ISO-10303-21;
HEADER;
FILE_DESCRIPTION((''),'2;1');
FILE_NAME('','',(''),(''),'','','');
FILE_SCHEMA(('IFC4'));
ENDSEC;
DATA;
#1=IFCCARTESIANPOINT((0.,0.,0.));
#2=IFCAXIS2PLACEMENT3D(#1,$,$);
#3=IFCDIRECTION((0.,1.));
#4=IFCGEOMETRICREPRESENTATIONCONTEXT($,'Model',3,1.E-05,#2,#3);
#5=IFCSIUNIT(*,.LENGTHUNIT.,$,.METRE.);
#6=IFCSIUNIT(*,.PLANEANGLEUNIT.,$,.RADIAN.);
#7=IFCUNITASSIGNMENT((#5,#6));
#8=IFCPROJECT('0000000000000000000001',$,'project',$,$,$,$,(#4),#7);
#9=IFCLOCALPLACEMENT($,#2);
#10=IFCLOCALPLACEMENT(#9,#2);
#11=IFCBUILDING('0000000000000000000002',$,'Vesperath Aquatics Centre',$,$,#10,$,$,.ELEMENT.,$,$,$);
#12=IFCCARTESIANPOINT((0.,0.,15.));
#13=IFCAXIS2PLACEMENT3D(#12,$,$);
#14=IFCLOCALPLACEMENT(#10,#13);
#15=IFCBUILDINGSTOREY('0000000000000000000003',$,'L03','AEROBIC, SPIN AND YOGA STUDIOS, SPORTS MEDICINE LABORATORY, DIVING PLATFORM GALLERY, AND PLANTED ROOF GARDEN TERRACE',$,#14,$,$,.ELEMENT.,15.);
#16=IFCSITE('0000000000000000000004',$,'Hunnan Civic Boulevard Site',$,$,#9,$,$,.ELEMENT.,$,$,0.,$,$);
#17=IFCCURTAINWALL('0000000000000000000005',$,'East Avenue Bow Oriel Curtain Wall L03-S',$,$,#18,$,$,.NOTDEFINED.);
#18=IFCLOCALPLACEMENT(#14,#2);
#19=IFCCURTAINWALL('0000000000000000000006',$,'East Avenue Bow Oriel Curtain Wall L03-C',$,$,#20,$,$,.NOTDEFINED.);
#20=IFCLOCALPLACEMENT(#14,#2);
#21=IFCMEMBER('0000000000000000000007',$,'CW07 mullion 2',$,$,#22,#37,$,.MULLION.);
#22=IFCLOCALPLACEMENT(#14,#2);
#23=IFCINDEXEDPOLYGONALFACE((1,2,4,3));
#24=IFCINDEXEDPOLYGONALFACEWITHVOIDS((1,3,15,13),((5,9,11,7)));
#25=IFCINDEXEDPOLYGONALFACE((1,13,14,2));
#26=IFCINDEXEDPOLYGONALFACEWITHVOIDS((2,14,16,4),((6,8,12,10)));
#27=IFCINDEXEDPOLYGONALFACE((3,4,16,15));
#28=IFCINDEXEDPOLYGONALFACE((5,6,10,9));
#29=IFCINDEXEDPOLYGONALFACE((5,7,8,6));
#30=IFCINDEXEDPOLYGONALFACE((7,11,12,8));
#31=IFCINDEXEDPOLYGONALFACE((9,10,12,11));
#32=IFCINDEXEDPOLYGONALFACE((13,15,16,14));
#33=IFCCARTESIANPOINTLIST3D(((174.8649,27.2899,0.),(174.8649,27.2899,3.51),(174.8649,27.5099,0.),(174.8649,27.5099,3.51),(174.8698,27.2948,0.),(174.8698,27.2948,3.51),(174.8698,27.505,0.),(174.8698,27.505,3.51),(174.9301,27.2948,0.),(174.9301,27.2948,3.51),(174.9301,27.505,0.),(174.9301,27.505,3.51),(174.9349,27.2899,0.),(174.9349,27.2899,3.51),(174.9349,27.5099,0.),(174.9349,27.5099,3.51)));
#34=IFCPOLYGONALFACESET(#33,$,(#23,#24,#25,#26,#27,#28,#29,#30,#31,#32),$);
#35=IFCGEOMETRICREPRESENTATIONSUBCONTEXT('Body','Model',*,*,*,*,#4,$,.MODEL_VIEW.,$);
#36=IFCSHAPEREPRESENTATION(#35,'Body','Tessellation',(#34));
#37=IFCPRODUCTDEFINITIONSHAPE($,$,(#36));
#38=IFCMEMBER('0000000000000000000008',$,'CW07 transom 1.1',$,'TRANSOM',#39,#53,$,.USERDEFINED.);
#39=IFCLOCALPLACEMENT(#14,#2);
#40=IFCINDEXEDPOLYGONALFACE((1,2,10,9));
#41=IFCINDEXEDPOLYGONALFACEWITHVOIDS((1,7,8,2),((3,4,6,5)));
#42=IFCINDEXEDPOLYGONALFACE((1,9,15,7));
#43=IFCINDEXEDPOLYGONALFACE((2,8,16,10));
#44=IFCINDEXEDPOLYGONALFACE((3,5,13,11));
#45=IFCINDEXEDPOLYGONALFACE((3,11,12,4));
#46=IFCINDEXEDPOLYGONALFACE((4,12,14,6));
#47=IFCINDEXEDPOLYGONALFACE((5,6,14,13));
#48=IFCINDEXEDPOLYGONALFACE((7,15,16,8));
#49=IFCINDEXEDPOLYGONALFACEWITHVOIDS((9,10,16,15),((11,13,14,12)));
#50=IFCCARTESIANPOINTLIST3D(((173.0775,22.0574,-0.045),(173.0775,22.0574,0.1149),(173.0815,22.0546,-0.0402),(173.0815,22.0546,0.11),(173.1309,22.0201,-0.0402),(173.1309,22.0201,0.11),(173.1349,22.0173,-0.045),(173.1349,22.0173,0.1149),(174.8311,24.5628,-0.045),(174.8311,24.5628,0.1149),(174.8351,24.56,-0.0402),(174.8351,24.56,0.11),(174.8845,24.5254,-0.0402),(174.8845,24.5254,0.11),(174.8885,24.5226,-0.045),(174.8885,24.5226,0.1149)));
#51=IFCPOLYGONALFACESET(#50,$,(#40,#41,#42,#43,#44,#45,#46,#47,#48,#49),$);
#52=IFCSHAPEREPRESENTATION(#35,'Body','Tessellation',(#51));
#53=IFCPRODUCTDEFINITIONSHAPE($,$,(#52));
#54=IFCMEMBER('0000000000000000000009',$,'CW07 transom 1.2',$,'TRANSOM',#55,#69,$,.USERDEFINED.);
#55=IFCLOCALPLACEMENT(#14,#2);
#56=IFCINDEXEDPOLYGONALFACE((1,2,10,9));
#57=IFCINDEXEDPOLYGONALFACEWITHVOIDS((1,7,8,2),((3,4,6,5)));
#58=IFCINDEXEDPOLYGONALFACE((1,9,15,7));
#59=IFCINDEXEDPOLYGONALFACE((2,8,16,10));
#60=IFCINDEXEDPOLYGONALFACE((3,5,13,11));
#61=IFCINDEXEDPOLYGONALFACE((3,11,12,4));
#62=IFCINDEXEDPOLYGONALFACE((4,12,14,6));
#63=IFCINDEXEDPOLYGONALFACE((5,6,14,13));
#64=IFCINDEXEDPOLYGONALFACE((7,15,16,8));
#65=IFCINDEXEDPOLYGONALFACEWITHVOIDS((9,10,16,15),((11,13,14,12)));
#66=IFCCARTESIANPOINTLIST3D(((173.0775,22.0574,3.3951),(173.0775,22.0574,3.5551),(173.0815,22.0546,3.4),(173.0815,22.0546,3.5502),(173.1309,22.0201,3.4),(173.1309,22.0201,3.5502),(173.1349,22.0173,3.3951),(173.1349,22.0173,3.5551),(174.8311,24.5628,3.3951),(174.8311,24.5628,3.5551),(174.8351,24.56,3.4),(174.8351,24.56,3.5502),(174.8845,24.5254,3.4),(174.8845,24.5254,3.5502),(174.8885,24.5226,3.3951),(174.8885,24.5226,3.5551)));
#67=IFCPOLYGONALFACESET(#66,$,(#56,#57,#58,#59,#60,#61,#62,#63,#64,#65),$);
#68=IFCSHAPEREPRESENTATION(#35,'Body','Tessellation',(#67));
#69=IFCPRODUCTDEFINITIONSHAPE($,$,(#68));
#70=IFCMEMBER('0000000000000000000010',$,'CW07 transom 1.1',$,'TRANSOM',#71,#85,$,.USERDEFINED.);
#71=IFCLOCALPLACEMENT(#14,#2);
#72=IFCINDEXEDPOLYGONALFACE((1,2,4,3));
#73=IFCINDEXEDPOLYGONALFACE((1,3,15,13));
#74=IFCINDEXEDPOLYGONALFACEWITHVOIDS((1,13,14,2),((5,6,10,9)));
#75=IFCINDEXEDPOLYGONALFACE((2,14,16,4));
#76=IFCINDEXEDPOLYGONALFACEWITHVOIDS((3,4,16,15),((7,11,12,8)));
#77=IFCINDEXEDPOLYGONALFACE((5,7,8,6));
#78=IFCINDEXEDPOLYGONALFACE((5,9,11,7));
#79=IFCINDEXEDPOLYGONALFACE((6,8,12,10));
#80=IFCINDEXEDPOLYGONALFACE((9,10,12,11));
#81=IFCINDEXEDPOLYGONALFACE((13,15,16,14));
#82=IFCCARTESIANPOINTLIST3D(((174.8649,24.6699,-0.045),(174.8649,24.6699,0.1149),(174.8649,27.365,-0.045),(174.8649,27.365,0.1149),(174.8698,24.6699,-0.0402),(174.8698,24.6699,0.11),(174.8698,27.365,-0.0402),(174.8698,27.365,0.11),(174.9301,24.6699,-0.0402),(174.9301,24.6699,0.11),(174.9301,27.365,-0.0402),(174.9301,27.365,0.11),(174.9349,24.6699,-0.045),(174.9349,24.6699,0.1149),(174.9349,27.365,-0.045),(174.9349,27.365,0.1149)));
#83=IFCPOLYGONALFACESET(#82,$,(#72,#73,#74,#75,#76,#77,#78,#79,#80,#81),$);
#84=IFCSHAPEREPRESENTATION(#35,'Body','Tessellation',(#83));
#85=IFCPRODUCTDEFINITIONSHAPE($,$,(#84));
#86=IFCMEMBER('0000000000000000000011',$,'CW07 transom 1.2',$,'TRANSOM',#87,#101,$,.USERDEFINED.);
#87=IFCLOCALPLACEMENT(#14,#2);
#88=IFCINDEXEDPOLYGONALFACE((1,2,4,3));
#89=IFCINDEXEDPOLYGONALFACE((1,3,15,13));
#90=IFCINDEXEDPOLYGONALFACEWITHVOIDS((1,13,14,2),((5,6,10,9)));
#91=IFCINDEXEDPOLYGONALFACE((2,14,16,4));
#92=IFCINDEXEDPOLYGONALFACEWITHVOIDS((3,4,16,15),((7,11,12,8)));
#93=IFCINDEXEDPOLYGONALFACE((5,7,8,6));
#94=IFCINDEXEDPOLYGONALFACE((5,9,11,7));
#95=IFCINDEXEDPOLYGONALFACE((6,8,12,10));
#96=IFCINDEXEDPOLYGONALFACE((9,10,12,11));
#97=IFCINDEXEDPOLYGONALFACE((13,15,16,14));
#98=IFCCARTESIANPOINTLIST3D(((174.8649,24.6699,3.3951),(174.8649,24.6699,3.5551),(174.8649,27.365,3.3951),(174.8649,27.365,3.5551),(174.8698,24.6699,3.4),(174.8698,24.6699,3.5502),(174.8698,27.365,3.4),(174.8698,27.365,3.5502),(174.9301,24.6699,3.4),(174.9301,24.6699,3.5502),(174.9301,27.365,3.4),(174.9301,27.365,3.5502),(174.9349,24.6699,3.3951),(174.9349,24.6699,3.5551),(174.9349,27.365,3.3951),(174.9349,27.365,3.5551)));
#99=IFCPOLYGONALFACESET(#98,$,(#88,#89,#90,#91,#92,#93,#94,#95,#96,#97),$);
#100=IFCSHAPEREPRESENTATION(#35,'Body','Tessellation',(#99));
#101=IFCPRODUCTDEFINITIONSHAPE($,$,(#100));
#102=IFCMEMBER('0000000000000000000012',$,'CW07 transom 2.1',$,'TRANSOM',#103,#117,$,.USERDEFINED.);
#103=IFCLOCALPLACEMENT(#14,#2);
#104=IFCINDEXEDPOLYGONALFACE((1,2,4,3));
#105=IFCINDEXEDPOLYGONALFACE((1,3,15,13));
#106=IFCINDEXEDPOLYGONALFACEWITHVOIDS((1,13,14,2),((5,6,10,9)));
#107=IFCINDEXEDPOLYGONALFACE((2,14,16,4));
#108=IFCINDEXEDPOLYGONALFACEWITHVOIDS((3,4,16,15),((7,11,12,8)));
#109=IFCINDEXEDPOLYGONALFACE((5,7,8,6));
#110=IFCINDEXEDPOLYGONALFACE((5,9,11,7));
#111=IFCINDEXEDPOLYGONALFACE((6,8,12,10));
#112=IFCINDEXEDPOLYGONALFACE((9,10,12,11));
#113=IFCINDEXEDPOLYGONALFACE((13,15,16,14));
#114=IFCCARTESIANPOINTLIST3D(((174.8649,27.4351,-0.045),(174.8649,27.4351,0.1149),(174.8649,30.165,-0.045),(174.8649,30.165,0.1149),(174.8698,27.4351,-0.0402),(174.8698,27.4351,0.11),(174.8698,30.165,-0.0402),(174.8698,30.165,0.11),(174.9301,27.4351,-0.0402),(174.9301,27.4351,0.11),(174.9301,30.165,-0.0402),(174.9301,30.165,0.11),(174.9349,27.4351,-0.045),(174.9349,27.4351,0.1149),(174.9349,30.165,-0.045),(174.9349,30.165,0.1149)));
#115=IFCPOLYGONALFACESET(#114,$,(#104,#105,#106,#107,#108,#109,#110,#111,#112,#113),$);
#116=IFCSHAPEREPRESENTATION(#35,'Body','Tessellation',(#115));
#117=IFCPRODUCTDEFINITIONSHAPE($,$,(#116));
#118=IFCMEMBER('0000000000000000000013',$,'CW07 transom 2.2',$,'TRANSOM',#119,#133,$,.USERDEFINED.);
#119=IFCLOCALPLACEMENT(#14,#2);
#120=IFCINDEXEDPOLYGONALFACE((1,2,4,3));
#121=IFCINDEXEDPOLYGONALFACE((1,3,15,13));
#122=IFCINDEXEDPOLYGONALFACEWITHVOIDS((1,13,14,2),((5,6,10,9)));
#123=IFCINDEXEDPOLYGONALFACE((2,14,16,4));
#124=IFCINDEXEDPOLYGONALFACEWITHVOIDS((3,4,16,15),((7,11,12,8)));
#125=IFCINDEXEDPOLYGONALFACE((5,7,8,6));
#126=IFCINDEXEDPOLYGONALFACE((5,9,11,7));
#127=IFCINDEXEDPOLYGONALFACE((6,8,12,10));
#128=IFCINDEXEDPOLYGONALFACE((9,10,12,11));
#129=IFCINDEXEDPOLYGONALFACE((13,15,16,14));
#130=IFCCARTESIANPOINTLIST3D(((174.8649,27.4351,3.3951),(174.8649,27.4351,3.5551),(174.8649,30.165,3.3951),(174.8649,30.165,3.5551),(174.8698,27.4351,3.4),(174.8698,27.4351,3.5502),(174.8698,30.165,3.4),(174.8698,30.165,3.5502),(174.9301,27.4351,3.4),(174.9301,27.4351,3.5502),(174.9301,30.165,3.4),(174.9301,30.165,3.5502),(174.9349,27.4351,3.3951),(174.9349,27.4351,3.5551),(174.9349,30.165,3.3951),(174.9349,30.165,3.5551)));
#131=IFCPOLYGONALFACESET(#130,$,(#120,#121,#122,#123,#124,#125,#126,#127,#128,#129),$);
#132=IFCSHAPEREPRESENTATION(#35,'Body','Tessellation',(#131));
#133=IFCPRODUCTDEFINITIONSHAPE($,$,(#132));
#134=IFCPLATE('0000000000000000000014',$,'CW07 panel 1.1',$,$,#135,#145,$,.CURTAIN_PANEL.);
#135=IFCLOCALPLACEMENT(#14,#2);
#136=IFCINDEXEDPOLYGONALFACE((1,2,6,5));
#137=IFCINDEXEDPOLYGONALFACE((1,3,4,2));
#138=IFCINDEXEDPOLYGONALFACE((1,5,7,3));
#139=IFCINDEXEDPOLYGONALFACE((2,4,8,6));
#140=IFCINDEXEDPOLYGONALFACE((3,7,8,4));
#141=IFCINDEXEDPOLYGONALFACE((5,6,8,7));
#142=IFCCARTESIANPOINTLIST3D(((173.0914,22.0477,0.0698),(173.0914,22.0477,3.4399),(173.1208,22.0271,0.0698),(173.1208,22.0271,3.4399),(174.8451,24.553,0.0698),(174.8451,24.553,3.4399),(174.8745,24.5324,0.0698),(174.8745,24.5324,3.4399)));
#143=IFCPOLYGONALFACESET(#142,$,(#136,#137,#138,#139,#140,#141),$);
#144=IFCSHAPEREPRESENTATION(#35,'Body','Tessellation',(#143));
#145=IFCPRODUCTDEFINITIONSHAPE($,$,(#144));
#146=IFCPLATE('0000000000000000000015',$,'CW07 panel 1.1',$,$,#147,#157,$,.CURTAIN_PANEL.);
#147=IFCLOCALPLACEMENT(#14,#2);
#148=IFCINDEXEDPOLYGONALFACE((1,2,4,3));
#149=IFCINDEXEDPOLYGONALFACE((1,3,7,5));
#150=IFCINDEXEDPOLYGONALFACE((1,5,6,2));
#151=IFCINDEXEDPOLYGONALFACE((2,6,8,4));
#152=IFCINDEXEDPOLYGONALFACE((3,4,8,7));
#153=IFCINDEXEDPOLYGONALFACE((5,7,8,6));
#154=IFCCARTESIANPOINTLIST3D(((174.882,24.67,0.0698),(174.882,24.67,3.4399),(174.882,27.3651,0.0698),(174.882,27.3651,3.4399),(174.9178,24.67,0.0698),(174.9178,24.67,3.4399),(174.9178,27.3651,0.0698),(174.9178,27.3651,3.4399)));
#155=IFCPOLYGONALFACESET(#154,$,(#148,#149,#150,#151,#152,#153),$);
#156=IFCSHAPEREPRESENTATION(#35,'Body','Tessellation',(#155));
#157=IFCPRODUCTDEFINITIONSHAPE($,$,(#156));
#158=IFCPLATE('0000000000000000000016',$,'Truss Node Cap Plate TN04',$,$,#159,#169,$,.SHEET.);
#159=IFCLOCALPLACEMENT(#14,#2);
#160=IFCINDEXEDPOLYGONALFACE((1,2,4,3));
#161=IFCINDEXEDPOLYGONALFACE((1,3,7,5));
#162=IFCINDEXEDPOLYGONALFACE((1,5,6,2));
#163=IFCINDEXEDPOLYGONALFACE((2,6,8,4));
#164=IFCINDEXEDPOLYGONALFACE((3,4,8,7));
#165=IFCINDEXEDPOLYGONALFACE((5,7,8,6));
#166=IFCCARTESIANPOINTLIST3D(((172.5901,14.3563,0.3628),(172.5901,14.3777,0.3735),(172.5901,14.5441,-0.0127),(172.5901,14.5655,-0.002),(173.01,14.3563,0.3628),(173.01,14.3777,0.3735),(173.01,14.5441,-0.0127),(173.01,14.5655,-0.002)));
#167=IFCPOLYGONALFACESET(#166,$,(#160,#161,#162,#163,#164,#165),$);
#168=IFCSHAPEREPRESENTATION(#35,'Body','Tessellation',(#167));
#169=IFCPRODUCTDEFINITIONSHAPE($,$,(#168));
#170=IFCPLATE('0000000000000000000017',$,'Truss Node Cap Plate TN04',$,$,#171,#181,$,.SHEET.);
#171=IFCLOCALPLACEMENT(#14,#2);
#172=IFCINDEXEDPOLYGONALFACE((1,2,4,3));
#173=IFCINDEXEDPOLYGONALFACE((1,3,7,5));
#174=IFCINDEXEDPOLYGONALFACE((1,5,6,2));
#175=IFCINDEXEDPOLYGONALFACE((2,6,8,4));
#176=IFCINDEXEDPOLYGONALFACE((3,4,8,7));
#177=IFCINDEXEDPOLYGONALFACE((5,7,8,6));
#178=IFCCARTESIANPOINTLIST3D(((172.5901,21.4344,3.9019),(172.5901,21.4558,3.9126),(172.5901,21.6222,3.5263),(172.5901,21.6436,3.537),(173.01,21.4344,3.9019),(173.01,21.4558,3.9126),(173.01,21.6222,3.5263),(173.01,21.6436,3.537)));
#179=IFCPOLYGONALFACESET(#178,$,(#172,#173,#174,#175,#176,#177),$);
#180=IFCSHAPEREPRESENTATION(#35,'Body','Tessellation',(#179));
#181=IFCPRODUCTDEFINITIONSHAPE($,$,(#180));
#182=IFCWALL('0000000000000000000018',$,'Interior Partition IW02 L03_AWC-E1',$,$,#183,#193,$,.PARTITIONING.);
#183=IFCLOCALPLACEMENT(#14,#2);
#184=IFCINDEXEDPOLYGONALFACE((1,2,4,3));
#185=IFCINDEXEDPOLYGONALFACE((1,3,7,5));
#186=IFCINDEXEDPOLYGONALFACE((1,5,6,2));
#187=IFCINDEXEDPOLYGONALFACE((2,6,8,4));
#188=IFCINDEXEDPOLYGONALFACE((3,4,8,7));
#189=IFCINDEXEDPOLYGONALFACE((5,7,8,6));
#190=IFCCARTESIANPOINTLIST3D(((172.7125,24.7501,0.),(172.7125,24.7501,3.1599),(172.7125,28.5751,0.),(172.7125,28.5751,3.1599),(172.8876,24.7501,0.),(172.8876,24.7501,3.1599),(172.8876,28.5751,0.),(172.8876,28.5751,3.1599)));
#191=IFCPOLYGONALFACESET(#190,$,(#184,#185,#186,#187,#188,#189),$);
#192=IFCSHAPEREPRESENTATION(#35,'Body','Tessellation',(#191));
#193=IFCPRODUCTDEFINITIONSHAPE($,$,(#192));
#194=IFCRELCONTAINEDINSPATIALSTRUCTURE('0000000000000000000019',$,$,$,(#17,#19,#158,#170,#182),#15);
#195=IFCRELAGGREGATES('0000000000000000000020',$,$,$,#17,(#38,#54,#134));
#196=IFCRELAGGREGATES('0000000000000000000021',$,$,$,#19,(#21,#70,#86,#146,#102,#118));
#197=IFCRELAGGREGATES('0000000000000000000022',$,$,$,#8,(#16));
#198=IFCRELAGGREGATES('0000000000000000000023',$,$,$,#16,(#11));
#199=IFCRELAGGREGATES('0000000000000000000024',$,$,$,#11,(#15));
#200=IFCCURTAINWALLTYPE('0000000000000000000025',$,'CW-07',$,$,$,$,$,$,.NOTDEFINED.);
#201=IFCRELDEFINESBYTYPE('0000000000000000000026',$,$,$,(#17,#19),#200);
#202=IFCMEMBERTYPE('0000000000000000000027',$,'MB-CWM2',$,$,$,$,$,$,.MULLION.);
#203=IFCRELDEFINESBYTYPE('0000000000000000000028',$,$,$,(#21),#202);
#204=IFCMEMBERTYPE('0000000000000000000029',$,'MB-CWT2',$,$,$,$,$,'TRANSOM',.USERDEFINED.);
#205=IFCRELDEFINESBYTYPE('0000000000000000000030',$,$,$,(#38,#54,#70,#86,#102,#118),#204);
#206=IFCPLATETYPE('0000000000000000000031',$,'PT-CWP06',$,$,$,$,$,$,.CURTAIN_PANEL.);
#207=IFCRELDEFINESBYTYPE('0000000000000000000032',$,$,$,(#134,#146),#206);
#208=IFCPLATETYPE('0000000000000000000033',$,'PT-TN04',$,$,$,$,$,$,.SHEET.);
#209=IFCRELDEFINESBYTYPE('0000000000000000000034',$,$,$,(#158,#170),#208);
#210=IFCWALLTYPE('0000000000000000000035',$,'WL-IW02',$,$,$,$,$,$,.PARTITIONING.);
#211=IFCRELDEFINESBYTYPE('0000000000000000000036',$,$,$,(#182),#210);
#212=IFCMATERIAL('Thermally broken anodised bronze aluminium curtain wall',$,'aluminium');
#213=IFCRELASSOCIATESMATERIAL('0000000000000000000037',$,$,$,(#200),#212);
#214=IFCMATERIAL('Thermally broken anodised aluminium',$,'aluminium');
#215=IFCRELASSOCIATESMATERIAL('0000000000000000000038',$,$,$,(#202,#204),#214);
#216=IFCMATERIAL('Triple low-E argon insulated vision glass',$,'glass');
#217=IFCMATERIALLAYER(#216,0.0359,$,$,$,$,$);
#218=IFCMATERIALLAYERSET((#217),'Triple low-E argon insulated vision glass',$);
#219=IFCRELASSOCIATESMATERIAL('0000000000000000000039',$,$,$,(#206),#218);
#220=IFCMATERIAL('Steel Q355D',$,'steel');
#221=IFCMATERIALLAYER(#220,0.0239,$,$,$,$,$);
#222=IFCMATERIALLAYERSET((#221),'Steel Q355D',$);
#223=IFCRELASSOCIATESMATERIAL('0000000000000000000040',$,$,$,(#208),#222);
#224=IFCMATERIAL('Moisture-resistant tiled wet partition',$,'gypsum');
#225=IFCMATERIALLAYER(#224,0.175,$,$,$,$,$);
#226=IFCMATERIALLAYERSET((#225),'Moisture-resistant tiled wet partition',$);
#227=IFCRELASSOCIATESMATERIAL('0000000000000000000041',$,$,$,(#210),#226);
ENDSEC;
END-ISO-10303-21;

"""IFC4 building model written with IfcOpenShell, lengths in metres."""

from ifc_helpers import new_model, si_unit, direction, frame, frame_2d, origin, origin_2d, place, context, subcontext, project, spatial, rectangle, hollow_rectangle, extrude, material, layer, layer_set, material_profile, profile_set, type_object, element, aggregate, save


model = new_model("IFC4")

# Units and contexts
model_context = context("Model", 3, precision=1e-05, world=origin(), true_north=direction((0.0, 1.0)))
body_context = subcontext(model_context, "Body", "Model", "MODEL_VIEW")
ifc_project = project(units=[si_unit("LENGTHUNIT", "METRE"), si_unit("PLANEANGLEUNIT", "RADIAN")], contexts=[model_context])

# Site, building, storey
site_placement = place(None, origin())
site = spatial("IfcSite", under=ifc_project, at=site_placement, Name="Hunnan Civic Boulevard Site", CompositionType="ELEMENT", RefElevation=0.0)
building_placement = place(site_placement, origin())
building = spatial("IfcBuilding", under=site, at=building_placement, Name="Vesperath Aquatics Centre", CompositionType="ELEMENT")
storey_placement = place(building_placement, frame((0.0, 0.0, 15.0)))
storey = spatial("IfcBuildingStorey", under=building, at=storey_placement, Name="L03", Description="AEROBIC, SPIN AND YOGA STUDIOS, SPORTS MEDICINE LABORATORY, DIVING PLATFORM GALLERY, AND PLANTED ROOF GARDEN TERRACE", CompositionType="ELEMENT", Elevation=15.0)

# Shared definitions
ifc_material_1 = material(Name="Steel Q355D", Category="steel")

# Curtain walls, member
ifc_material_2 = material(Name="Thermally broken anodised bronze aluminium curtain wall", Category="aluminium")
curtain_wall_type = type_object("IfcCurtainWallType", Name="CW-07", PredefinedType="NOTDEFINED", material=ifc_material_2)
curtain_wall_1_placement = place(storey_placement, origin())
curtain_wall_1 = element("IfcCurtainWall", 1, at=curtain_wall_1_placement, inside=storey, type_object=curtain_wall_type, Name="East Avenue Bow Oriel Curtain Wall L03-S", PredefinedType="NOTDEFINED")
ifc_material_3 = material(Name="Thermally broken anodised aluminium", Category="aluminium")
ifc_material_profile_1 = material_profile(ifc_material_3, hollow_rectangle(XDim=0.0701, YDim=0.22, WallThickness=0.0049, at=origin_2d()), Name="CWM 70x220x5")
ifc_profile_set_1 = profile_set([ifc_material_profile_1], Name="Thermally broken anodised aluminium")
member_type_1 = type_object("IfcMemberType", Name="MB-CWM2", PredefinedType="MULLION", material=ifc_profile_set_1)
curtain_wall_2_placement = place(storey_placement, origin())
curtain_wall_2 = element("IfcCurtainWall", 2, at=curtain_wall_2_placement, inside=storey, type_object=curtain_wall_type, Name="East Avenue Bow Oriel Curtain Wall L03-C", PredefinedType="NOTDEFINED")
member_1_placement = place(storey_placement, frame((174.8999, 27.3999, 0.0), z_axis=(0.0, 0.0, 1.0), x_axis=(-1.0, 0.0, 0.0)))
member_1 = element("IfcMember", 3, at=member_1_placement, type_object=member_type_1, Name="CW07 mullion 2", PredefinedType="MULLION", context=body_context, shape_type="SweptSolid", body=[
    extrude(hollow_rectangle(XDim=0.0701, YDim=0.22, WallThickness=0.0049, at=origin_2d()), origin(), (0.0, 0.0, 1.0), 3.51),
])

# Members
ifc_material_profile_2 = material_profile(ifc_material_3, hollow_rectangle(XDim=0.0701, YDim=0.1599, WallThickness=0.0049, at=origin_2d()), Name="CWT 70x160x5")
ifc_profile_set_2 = profile_set([ifc_material_profile_2], Name="Thermally broken anodised aluminium")
member_type_2 = type_object("IfcMemberType", Name="MB-CWT2", ElementType="TRANSOM", PredefinedType="USERDEFINED", material=ifc_profile_set_2)
member_2_placement = place(storey_placement, frame((173.1062, 22.0374, 0.0349), z_axis=(0.573441, 0.819247, 0.0), x_axis=(-0.819247, 0.573441, 0.0)))
member_2 = element("IfcMember", 4, at=member_2_placement, type_object=member_type_2, Name="CW07 transom 1.1", ObjectType="TRANSOM", PredefinedType="USERDEFINED", context=body_context, shape_type="SweptSolid", body=[
    extrude(hollow_rectangle(XDim=0.0701, YDim=0.1599, WallThickness=0.0049, at=origin_2d()), origin(), (0.0, 0.0, 1.0), 3.0581),
])
member_3_placement = place(storey_placement, frame((173.1062, 22.0374, 3.4751), z_axis=(0.573441, 0.819247, 0.0), x_axis=(-0.819247, 0.573441, 0.0)))
member_3 = element("IfcMember", 5, at=member_3_placement, type_object=member_type_2, Name="CW07 transom 1.2", ObjectType="TRANSOM", PredefinedType="USERDEFINED", context=body_context, shape_type="SweptSolid", body=[
    extrude(hollow_rectangle(XDim=0.0701, YDim=0.1599, WallThickness=0.0049, at=origin_2d()), origin(), (0.0, 0.0, 1.0), 3.0581),
])
member_4_placement = place(storey_placement, frame((174.8999, 24.6699, 0.0349), z_axis=(0.0, 1.0, 0.0), x_axis=(-1.0, 0.0, 0.0)))
member_4 = element("IfcMember", 6, at=member_4_placement, type_object=member_type_2, Name="CW07 transom 1.1", ObjectType="TRANSOM", PredefinedType="USERDEFINED", context=body_context, shape_type="SweptSolid", body=[
    extrude(hollow_rectangle(XDim=0.0701, YDim=0.1599, WallThickness=0.0049, at=origin_2d()), origin(), (0.0, 0.0, 1.0), 2.6951),
])
member_5_placement = place(storey_placement, frame((174.8999, 24.6699, 3.4751), z_axis=(0.0, 1.0, 0.0), x_axis=(-1.0, 0.0, 0.0)))
member_5 = element("IfcMember", 7, at=member_5_placement, type_object=member_type_2, Name="CW07 transom 1.2", ObjectType="TRANSOM", PredefinedType="USERDEFINED", context=body_context, shape_type="SweptSolid", body=[
    extrude(hollow_rectangle(XDim=0.0701, YDim=0.1599, WallThickness=0.0049, at=origin_2d()), origin(), (0.0, 0.0, 1.0), 2.6951),
])
member_6_placement = place(storey_placement, frame((174.8999, 27.4351, 0.0349), z_axis=(0.0, 1.0, 0.0), x_axis=(-1.0, 0.0, 0.0)))
member_6 = element("IfcMember", 8, at=member_6_placement, type_object=member_type_2, Name="CW07 transom 2.1", ObjectType="TRANSOM", PredefinedType="USERDEFINED", context=body_context, shape_type="SweptSolid", body=[
    extrude(hollow_rectangle(XDim=0.0701, YDim=0.1599, WallThickness=0.0049, at=origin_2d()), origin(), (0.0, 0.0, 1.0), 2.73),
])
member_7_placement = place(storey_placement, frame((174.8999, 27.4351, 3.4751), z_axis=(0.0, 1.0, 0.0), x_axis=(-1.0, 0.0, 0.0)))
member_7 = element("IfcMember", 9, at=member_7_placement, type_object=member_type_2, Name="CW07 transom 2.2", ObjectType="TRANSOM", PredefinedType="USERDEFINED", context=body_context, shape_type="SweptSolid", body=[
    extrude(hollow_rectangle(XDim=0.0701, YDim=0.1599, WallThickness=0.0049, at=origin_2d()), origin(), (0.0, 0.0, 1.0), 2.73),
])

# Plates
ifc_material_4 = material(Name="Triple low-E argon insulated vision glass", Category="glass")
ifc_layer_1 = layer(ifc_material_4, 0.0359)
ifc_layer_set_1 = layer_set([ifc_layer_1], Name="Triple low-E argon insulated vision glass")
plate_type_1 = type_object("IfcPlateType", Name="PT-CWP06", PredefinedType="CURTAIN_PANEL", material=ifc_layer_set_1)
plate_1_placement = place(storey_placement, frame((173.9829, 23.29, 0.0698), z_axis=(0.0, 0.0, 1.0), x_axis=(0.573462, 0.819232, 0.0)))
plate_1 = element("IfcPlate", 10, at=plate_1_placement, type_object=plate_type_1, Name="CW07 panel 1.1", PredefinedType="CURTAIN_PANEL", context=body_context, shape_type="SweptSolid", body=[
    extrude(rectangle(XDim=3.0581, YDim=0.0359, at=origin_2d()), origin(), (0.0, 0.0, 1.0), 3.3701),
])
aggregate(curtain_wall_1, [member_2, member_3, plate_1])
plate_2_placement = place(storey_placement, frame((174.8999, 26.0176, 0.0698), z_axis=(0.0, 0.0, 1.0), x_axis=(0.0, 1.0, 0.0)))
plate_2 = element("IfcPlate", 11, at=plate_2_placement, type_object=plate_type_1, Name="CW07 panel 1.1", PredefinedType="CURTAIN_PANEL", context=body_context, shape_type="SweptSolid", body=[
    extrude(rectangle(XDim=2.6951, YDim=0.0359, at=origin_2d()), origin(), (0.0, 0.0, 1.0), 3.3701),
])
aggregate(curtain_wall_2, [member_1, member_4, member_5, plate_2, member_6, member_7])

# Plates
ifc_layer_2 = layer(ifc_material_1, 0.0239)
ifc_layer_set_2 = layer_set([ifc_layer_2], Name="Steel Q355D")
plate_type_2 = type_object("IfcPlateType", Name="PT-TN04", PredefinedType="SHEET", material=ifc_layer_set_2)
for number, where, z_axis, x_axis, name in (
    (12, (172.8, 14.4502, 0.175), (0.0, 0.894427, 0.447214), (-1.0, 0.0, 0.0), "Truss Node Cap Plate TN04"),
    (13, (172.8, 21.5283, 3.7141), (0.0, 0.894427, 0.447214), (-1.0, 0.0, 0.0), "Truss Node Cap Plate TN04"),
):
    element("IfcPlate", number, at=place(storey_placement, frame(where, z_axis=z_axis, x_axis=x_axis)), inside=storey, type_object=plate_type_2, Name=name, PredefinedType="SHEET", context=body_context, shape_type="SweptSolid", body=[
        extrude(rectangle(XDim=0.4199, YDim=0.4199, at=origin_2d()), origin(), (0.0, 0.0, 1.0), 0.0239),
    ])

# Wall
ifc_material_5 = material(Name="Moisture-resistant tiled wet partition", Category="gypsum")
ifc_layer_3 = layer(ifc_material_5, 0.175)
ifc_layer_set_3 = layer_set([ifc_layer_3], Name="Moisture-resistant tiled wet partition")
wall_type_1 = type_object("IfcWallType", Name="WL-IW02", PredefinedType="PARTITIONING", material=ifc_layer_set_3)
wall_1_placement = place(storey_placement, frame((172.8, 24.75, 0.0), z_axis=(0.0, 0.0, 1.0), x_axis=(0.0, 1.0, 0.0)))
element("IfcWall", 14, at=wall_1_placement, inside=storey, type_object=wall_type_1, Name="Interior Partition IW02 L03_AWC-E1", PredefinedType="PARTITIONING", context=body_context, shape_type="SweptSolid", body=[
    extrude(rectangle(XDim=3.825, YDim=0.175, at=frame_2d((1.9126, 0.0))), origin(), (0.0, 0.0, 1.0), 3.1599),
])

save(model, "model.ifc")
